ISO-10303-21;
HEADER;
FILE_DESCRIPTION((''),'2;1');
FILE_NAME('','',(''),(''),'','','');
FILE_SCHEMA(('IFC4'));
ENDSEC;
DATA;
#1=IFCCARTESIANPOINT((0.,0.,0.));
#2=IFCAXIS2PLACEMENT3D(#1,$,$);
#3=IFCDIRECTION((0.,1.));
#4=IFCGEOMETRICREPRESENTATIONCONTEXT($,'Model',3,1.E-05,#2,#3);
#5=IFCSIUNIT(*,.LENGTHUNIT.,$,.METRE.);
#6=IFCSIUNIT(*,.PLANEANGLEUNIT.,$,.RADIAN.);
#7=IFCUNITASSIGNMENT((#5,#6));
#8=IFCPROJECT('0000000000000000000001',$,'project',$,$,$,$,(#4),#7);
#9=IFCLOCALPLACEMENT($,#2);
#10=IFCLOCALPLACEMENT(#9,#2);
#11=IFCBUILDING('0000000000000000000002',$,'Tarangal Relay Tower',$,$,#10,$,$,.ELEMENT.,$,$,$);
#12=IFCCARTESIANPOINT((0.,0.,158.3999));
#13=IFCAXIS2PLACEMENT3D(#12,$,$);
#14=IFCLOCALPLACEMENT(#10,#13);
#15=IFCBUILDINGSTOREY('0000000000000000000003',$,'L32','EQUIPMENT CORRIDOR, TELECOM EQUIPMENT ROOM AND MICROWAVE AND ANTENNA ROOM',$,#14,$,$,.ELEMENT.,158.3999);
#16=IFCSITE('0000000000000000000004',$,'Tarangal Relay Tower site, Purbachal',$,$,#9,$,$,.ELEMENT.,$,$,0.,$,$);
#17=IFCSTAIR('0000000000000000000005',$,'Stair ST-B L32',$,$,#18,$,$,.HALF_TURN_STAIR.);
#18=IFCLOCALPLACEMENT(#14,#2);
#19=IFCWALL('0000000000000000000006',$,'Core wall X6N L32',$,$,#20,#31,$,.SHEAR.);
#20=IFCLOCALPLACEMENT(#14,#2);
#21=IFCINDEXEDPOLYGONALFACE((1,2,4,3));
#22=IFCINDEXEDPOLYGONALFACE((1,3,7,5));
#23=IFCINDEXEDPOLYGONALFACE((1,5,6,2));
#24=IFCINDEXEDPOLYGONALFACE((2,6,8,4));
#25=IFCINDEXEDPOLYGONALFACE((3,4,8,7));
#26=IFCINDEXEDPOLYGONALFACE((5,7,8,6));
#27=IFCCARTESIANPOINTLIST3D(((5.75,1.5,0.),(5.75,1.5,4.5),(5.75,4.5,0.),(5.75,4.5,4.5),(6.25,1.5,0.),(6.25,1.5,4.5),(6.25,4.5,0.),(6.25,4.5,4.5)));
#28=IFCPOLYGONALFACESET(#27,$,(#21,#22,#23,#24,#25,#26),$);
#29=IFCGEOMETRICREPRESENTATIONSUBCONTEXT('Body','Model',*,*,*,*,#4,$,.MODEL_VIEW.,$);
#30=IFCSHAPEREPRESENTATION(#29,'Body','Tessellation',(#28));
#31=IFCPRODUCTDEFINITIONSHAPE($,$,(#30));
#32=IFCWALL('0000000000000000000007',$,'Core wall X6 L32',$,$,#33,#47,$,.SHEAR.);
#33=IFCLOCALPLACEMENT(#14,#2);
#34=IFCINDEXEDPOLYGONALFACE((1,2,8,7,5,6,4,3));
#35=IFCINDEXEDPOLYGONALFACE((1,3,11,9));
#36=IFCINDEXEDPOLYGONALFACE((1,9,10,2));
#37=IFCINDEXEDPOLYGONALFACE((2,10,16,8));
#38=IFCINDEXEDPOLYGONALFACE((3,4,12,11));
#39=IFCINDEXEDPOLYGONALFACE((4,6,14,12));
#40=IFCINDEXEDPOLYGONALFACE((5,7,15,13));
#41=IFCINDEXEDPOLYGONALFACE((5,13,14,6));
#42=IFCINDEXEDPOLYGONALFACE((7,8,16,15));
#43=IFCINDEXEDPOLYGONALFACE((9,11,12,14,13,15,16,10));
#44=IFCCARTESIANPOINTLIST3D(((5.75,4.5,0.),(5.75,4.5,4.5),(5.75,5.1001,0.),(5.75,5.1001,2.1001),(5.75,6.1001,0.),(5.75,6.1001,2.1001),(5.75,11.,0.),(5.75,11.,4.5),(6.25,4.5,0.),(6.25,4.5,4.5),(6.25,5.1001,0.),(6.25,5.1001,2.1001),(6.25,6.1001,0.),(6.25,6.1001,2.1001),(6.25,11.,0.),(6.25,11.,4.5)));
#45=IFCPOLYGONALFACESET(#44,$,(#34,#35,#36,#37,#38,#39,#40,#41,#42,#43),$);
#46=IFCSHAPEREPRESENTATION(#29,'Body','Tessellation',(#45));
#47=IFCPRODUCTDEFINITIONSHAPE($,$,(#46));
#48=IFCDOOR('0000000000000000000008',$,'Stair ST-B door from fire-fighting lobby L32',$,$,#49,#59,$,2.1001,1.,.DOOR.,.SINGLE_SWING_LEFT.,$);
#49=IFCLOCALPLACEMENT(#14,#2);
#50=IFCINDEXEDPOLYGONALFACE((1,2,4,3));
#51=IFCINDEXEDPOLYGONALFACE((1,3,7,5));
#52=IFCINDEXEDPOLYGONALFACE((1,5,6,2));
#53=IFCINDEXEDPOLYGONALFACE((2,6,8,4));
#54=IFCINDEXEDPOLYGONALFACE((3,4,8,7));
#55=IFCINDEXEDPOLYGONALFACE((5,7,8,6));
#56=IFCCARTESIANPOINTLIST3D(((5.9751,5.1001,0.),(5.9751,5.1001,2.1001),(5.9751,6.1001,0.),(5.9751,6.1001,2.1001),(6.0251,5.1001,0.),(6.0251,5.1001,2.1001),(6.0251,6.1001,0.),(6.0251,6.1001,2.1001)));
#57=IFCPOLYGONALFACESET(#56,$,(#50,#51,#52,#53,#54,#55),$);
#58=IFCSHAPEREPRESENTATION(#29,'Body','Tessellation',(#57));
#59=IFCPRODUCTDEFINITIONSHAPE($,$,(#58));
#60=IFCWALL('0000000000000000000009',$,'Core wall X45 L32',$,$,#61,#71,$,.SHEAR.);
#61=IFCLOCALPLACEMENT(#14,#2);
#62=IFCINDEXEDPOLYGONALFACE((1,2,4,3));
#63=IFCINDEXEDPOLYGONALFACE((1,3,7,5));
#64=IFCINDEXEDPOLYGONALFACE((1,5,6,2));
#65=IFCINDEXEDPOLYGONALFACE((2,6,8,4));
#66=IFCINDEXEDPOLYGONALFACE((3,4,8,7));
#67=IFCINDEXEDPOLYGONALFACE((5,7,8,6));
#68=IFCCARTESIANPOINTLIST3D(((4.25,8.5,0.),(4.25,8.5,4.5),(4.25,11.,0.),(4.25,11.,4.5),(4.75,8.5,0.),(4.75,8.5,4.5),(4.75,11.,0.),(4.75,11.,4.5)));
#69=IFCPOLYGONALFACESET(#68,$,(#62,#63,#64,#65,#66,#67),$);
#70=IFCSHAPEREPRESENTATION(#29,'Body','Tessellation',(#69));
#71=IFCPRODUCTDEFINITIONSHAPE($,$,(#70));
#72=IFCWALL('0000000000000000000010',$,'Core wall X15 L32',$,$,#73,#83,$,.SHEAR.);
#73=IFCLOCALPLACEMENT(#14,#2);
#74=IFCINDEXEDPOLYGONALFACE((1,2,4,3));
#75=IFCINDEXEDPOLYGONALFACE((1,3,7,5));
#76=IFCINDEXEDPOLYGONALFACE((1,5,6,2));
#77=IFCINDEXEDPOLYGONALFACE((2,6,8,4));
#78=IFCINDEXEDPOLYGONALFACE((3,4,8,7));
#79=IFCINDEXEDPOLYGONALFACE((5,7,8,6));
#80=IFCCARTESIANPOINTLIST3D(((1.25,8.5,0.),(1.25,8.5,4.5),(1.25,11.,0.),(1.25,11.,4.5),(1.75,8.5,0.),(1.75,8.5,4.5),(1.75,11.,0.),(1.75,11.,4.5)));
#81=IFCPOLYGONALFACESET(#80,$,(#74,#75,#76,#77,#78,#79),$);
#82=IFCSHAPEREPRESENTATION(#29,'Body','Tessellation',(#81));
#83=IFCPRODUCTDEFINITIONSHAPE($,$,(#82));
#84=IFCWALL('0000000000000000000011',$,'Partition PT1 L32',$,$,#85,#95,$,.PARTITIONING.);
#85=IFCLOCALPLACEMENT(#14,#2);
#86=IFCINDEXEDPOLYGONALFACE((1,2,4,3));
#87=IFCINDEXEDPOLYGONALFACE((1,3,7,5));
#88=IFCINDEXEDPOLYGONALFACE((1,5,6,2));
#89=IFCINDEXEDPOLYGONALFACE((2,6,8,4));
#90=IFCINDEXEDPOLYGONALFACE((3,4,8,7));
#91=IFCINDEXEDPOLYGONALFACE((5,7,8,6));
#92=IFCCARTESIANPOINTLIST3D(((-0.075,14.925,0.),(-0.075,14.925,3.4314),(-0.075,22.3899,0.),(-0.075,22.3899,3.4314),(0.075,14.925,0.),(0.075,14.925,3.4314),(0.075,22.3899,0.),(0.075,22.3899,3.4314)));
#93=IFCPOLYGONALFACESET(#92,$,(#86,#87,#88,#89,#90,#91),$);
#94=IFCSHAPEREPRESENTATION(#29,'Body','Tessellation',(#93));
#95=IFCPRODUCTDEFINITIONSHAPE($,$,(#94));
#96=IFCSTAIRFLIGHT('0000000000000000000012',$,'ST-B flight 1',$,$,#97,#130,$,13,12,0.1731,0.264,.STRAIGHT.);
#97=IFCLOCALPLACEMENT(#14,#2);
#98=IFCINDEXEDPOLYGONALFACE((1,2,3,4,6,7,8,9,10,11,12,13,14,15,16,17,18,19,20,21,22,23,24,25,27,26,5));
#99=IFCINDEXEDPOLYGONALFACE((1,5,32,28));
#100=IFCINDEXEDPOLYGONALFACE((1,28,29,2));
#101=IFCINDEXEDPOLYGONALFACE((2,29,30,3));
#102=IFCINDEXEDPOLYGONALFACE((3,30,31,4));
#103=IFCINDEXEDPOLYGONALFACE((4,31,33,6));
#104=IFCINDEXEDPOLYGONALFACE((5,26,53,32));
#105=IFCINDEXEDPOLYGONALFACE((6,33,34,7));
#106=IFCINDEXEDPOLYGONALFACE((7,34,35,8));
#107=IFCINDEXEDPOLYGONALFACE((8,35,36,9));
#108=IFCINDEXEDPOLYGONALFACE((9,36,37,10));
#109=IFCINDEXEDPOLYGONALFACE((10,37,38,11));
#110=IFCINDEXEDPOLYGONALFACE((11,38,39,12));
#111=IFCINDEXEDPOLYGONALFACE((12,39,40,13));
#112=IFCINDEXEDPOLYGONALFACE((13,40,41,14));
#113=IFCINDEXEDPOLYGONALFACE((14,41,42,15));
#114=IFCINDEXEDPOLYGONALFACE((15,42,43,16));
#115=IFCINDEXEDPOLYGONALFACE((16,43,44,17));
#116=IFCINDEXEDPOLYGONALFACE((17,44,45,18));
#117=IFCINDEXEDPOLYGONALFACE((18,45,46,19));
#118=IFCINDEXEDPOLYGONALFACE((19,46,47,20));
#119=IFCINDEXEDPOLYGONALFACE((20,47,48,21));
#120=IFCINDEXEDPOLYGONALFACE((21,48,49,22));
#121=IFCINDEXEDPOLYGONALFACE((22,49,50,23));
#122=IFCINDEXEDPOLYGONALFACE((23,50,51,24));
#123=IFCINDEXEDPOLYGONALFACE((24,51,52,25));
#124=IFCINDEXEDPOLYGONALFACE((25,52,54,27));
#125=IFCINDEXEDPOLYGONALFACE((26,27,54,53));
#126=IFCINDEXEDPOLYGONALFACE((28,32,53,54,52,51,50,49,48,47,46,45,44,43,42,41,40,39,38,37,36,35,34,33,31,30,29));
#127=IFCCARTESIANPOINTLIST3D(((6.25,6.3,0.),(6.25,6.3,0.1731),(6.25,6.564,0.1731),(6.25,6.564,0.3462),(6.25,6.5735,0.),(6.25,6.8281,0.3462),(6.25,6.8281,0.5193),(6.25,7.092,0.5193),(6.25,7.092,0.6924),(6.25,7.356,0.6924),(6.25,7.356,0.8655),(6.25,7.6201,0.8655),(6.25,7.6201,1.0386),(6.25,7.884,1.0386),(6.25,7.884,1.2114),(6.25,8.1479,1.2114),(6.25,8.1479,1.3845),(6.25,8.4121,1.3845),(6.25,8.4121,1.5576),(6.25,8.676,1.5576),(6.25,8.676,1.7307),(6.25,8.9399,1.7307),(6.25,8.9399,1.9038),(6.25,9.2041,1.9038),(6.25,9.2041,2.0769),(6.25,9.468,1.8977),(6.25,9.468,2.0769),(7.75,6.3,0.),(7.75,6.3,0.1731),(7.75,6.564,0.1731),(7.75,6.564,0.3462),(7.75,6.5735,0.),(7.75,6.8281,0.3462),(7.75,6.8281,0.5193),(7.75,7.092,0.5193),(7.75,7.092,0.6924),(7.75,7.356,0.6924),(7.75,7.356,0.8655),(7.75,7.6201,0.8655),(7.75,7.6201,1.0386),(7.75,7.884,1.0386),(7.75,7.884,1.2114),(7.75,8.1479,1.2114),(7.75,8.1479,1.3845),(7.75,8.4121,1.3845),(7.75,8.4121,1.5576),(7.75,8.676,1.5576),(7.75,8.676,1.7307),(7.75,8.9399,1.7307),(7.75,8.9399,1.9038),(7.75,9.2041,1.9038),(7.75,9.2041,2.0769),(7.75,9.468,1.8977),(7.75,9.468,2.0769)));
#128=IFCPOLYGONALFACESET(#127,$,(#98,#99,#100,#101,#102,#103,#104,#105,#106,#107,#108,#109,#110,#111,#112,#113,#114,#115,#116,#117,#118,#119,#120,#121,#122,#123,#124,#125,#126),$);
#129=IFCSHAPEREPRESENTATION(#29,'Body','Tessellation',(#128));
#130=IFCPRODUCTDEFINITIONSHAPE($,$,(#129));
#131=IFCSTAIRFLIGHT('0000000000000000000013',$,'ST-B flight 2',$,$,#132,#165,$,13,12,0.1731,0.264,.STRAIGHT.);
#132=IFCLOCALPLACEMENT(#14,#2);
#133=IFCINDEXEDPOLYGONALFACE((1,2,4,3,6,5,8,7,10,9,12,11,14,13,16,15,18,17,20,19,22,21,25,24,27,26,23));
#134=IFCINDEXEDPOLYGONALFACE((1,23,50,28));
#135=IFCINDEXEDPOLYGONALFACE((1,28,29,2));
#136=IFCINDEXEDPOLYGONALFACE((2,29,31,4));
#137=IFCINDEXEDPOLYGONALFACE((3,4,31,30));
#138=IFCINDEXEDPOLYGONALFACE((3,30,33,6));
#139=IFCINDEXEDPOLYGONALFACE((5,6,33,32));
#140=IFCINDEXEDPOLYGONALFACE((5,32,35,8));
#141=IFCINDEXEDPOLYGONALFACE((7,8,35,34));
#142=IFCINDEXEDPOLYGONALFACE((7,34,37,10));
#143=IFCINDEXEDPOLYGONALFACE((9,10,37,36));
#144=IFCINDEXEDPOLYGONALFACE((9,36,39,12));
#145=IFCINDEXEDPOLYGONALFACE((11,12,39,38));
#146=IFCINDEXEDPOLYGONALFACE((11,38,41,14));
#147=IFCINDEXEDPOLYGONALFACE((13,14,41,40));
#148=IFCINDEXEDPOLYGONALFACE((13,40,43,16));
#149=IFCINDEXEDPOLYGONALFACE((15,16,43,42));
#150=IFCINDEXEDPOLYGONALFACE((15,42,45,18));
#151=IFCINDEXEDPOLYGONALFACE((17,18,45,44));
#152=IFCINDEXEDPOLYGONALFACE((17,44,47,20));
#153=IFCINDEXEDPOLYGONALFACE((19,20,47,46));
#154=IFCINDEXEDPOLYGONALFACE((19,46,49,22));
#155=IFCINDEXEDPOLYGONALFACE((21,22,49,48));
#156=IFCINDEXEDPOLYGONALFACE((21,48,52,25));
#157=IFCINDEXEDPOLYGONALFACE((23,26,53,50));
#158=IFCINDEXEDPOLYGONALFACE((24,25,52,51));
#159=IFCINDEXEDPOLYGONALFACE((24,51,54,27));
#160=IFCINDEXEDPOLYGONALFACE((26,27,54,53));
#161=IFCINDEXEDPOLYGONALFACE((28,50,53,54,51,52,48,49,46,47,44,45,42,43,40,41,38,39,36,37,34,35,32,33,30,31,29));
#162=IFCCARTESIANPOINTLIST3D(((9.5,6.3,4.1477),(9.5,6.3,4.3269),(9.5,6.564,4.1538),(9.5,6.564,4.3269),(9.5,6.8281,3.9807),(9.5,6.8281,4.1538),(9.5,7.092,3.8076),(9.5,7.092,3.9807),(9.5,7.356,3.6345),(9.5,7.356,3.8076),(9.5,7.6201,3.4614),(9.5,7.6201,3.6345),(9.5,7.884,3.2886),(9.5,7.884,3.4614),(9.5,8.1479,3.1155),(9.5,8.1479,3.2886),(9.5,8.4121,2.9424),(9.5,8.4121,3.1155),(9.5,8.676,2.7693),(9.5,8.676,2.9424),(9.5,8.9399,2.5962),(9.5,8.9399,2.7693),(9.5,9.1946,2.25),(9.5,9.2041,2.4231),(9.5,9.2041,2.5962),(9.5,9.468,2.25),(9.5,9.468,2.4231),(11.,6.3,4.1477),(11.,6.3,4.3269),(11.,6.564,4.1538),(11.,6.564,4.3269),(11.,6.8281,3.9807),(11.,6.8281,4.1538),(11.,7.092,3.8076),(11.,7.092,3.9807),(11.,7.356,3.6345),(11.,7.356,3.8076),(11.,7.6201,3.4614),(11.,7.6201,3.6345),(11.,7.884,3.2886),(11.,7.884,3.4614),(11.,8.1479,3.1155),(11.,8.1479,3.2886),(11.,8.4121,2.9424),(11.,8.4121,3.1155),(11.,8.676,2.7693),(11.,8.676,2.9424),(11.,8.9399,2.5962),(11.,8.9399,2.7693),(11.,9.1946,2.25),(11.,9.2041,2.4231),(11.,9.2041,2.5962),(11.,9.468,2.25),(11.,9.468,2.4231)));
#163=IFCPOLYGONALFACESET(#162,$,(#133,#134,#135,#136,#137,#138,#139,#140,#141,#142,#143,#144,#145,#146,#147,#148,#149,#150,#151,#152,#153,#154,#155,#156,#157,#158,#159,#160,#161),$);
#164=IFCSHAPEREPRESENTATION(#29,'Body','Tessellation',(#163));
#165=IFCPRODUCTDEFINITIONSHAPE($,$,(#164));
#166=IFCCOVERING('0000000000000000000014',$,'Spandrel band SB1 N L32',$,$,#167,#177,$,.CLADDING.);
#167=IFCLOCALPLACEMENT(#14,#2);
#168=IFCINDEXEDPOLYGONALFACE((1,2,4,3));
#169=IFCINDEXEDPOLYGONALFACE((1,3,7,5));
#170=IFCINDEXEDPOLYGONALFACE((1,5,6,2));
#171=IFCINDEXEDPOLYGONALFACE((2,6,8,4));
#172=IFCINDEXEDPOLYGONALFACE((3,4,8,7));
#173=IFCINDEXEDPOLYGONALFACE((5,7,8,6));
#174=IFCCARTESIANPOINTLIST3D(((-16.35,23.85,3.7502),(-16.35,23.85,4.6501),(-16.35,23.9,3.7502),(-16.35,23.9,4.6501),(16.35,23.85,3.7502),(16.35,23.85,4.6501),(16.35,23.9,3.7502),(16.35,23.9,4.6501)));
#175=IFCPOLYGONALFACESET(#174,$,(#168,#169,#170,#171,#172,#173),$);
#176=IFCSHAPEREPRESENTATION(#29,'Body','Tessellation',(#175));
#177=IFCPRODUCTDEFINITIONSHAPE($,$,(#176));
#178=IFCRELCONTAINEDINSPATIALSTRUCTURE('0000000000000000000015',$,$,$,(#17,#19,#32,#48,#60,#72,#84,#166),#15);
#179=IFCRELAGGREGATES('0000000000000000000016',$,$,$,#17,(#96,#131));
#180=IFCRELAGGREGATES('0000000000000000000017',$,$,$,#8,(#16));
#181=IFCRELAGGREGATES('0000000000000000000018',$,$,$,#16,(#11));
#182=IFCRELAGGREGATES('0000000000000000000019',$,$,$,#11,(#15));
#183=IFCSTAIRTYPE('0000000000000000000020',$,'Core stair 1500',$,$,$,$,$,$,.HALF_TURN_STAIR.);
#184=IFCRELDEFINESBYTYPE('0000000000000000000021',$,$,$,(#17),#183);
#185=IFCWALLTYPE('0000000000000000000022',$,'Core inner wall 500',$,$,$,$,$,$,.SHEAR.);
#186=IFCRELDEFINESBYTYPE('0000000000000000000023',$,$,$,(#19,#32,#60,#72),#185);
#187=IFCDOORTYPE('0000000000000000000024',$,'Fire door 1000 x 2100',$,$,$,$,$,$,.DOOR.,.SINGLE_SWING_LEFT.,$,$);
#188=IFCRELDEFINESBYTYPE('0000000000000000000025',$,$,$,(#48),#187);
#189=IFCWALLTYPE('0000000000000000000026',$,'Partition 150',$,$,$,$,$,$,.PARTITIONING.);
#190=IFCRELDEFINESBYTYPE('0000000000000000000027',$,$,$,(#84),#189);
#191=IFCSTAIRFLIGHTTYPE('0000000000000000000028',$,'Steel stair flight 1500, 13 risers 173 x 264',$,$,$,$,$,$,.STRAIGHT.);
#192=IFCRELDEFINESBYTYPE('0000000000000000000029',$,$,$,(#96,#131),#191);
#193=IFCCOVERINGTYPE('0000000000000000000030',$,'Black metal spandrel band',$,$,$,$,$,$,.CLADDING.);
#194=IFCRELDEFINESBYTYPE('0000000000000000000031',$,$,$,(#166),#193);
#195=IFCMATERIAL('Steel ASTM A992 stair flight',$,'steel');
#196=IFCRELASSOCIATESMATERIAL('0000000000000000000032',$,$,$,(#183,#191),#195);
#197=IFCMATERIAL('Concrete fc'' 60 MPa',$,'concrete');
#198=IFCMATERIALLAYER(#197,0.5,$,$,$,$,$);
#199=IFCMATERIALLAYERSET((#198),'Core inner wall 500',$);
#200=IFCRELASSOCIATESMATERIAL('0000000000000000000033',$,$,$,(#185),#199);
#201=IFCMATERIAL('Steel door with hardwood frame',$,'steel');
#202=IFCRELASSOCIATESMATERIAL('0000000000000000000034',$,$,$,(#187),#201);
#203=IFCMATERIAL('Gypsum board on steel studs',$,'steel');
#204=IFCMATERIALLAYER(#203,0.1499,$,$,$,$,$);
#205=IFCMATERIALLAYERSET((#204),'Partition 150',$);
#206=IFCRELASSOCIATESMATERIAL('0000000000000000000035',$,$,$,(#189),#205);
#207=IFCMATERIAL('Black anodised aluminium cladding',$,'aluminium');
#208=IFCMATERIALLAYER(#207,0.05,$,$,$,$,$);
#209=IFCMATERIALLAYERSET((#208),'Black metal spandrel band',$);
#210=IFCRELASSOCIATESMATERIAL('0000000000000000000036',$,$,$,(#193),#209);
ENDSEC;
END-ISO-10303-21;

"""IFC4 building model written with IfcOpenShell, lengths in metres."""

from ifc_helpers import new_model, si_unit, direction, frame, frame_2d, origin, origin_2d, place, context, subcontext, project, spatial, polyline, rectangle, outline, extrude, material, layer, layer_set, type_object, element, fill, aggregate, save


model = new_model("IFC4")

# Units and contexts
model_context = context("Model", 3, precision=1e-05, world=origin(), true_north=direction((0.0, 1.0)))
body_context = subcontext(model_context, "Body", "Model", "MODEL_VIEW")
ifc_project = project(units=[si_unit("LENGTHUNIT", "METRE"), si_unit("PLANEANGLEUNIT", "RADIAN")], contexts=[model_context])

# Site, building, storey
site_placement = place(None, origin())
site = spatial("IfcSite", under=ifc_project, at=site_placement, Name="Tarangal Relay Tower site, Purbachal", CompositionType="ELEMENT", RefElevation=0.0)
building_placement = place(site_placement, origin())
building = spatial("IfcBuilding", under=site, at=building_placement, Name="Tarangal Relay Tower", CompositionType="ELEMENT")
storey_placement = place(building_placement, frame((0.0, 0.0, 158.3999)))
storey = spatial("IfcBuildingStorey", under=building, at=storey_placement, Name="L32", Description="EQUIPMENT CORRIDOR, TELECOM EQUIPMENT ROOM AND MICROWAVE AND ANTENNA ROOM", CompositionType="ELEMENT", Elevation=158.3999)

# Stair
ifc_material_1 = material(Name="Steel ASTM A992 stair flight", Category="steel")
stair_type = type_object("IfcStairType", Name="Core stair 1500", PredefinedType="HALF_TURN_STAIR", material=ifc_material_1)
stair_1_placement = place(storey_placement, origin())
stair_1 = element("IfcStair", 1, at=stair_1_placement, inside=storey, type_object=stair_type, Name="Stair ST-B L32", PredefinedType="HALF_TURN_STAIR")

# Wall
ifc_material_2 = material(Name="Concrete fc' 60 MPa", Category="concrete")
ifc_layer_1 = layer(ifc_material_2, 0.5)
ifc_layer_set_1 = layer_set([ifc_layer_1], Name="Core inner wall 500")
wall_type_1 = type_object("IfcWallType", Name="Core inner wall 500", PredefinedType="SHEAR", material=ifc_layer_set_1)
for number, where, z_axis, x_axis, name in (
    (2, (6.0, 1.5, 0.0), (0.0, 0.0, 1.0), (0.0, 1.0, 0.0), "Core wall X6N L32"),
):
    element("IfcWall", number, at=place(storey_placement, frame(where, z_axis=z_axis, x_axis=x_axis)), inside=storey, type_object=wall_type_1, Name=name, PredefinedType="SHEAR", context=body_context, shape_type="SweptSolid", body=[
        extrude(rectangle(XDim=3.0, YDim=0.5, at=frame_2d((1.5, 0.0))), origin(), (0.0, 0.0, 1.0), 4.5),
    ])

# Wall, opening, door
wall_1_placement = place(storey_placement, frame((6.0, 4.5, 0.0), z_axis=(0.0, 0.0, 1.0), x_axis=(0.0, 1.0, 0.0)))
wall_1 = element("IfcWall", 3, at=wall_1_placement, inside=storey, type_object=wall_type_1, Name="Core wall X6 L32", PredefinedType="SHEAR", context=body_context, shape_type="SweptSolid", body=[
    extrude(rectangle(XDim=6.5, YDim=0.5, at=frame_2d((3.25, 0.0))), origin(), (0.0, 0.0, 1.0), 4.5),
])
opening_placement = place(wall_1_placement, frame((0.6001, 0.0, 0.0)))
opening = element("IfcOpeningElement", 4, at=opening_placement, cuts=wall_1, PredefinedType="OPENING", context=body_context, shape_type="SweptSolid", body=[
    extrude(rectangle(XDim=1.0, YDim=2.1001, at=frame_2d((0.5, 1.05))), frame((0.0, 0.26, 0.0), z_axis=(0.0, -1.0, 0.0), x_axis=(1.0, 0.0, 0.0)), (0.0, 0.0, 1.0), 0.52),
])
ifc_material_3 = material(Name="Steel door with hardwood frame", Category="steel")
door_type = type_object("IfcDoorType", Name="Fire door 1000 x 2100", OperationType="SINGLE_SWING_LEFT", PredefinedType="DOOR", material=ifc_material_3)
door_placement = place(opening_placement, origin())
door = element("IfcDoor", 5, at=door_placement, inside=storey, type_object=door_type, Name="Stair ST-B door from fire-fighting lobby L32", OperationType="SINGLE_SWING_LEFT", OverallHeight=2.1001, OverallWidth=1.0, PredefinedType="DOOR", context=body_context, shape_type="SweptSolid", body=[
    extrude(rectangle(XDim=1.0, YDim=2.1001, at=frame_2d((0.5, 1.05))), frame((0.0, 0.0249, 0.0), z_axis=(0.0, -1.0, 0.0), x_axis=(1.0, 0.0, 0.0)), (0.0, 0.0, 1.0), 0.05),
])
fill(opening, door)

# Walls
for number, where, z_axis, x_axis, name in (
    (6, (4.5, 8.5, 0.0), (0.0, 0.0, 1.0), (0.0, 1.0, 0.0), "Core wall X45 L32"),
    (7, (1.5, 8.5, 0.0), (0.0, 0.0, 1.0), (0.0, 1.0, 0.0), "Core wall X15 L32"),
):
    element("IfcWall", number, at=place(storey_placement, frame(where, z_axis=z_axis, x_axis=x_axis)), inside=storey, type_object=wall_type_1, Name=name, PredefinedType="SHEAR", context=body_context, shape_type="SweptSolid", body=[
        extrude(rectangle(XDim=2.5, YDim=0.5, at=frame_2d((1.25, 0.0))), origin(), (0.0, 0.0, 1.0), 4.5),
    ])
ifc_material_4 = material(Name="Gypsum board on steel studs", Category="steel")
ifc_layer_2 = layer(ifc_material_4, 0.1499)
ifc_layer_set_2 = layer_set([ifc_layer_2], Name="Partition 150")
wall_type_2 = type_object("IfcWallType", Name="Partition 150", PredefinedType="PARTITIONING", material=ifc_layer_set_2)
wall_2_placement = place(storey_placement, frame((0.0, 14.925, 0.0), z_axis=(0.0, 0.0, 1.0), x_axis=(0.0, 1.0, 0.0)))
element("IfcWall", 8, at=wall_2_placement, inside=storey, type_object=wall_type_2, Name="Partition PT1 L32", PredefinedType="PARTITIONING", context=body_context, shape_type="SweptSolid", body=[
    extrude(rectangle(XDim=7.4648, YDim=0.1499, at=frame_2d((3.7324, 0.0))), origin(), (0.0, 0.0, 1.0), 3.4314),
])

# Stair flights
stair_flight_type = type_object("IfcStairFlightType", Name="Steel stair flight 1500, 13 risers 173 x 264", PredefinedType="STRAIGHT", material=ifc_material_1)
stair_flight_1_placement = place(storey_placement, frame((7.0, 6.3, 0.0), z_axis=(0.0, 0.0, 1.0), x_axis=(0.0, 1.0, 0.0)))
stair_flight_1 = element("IfcStairFlight", 9, at=stair_flight_1_placement, type_object=stair_flight_type, Name="ST-B flight 1", NumberOfRisers=13, NumberOfTreads=12, PredefinedType="STRAIGHT", RiserHeight=0.1731, TreadLength=0.264, context=body_context, shape_type="SweptSolid", body=[
    extrude(outline(polyline([(0.0, 0.0), (0.0, 0.1731), (0.2639, 0.1731), (0.2639, 0.3462), (0.5281, 0.3462), (0.5281, 0.5193), (0.792, 0.5193), (0.792, 0.6924), (1.0559, 0.6924), (1.0559, 0.8655), (1.3201, 0.8655), (1.3201, 1.0386), (1.584, 1.0386), (1.584, 1.2114), (1.8479, 1.2114), (1.8479, 1.3845), (2.1121, 1.3845), (2.1121, 1.5576), (2.376, 1.5576), (2.376, 1.7307), (2.6399, 1.7307), (2.6399, 1.9038), (2.9041, 1.9038), (2.9041, 2.0769), (3.168, 2.0769), (3.168, 2.25), (3.168, 1.8977), (0.2734, 0.0), (0.0, 0.0)])), frame((0.0, 0.75, 0.0), z_axis=(0.0, -1.0, 0.0), x_axis=(1.0, 0.0, 0.0)), (0.0, 0.0, 1.0), 1.5),
])
stair_flight_2_placement = place(storey_placement, frame((10.25, 9.468, 2.25), z_axis=(0.0, 0.0, 1.0), x_axis=(0.0, -1.0, 0.0)))
stair_flight_2 = element("IfcStairFlight", 10, at=stair_flight_2_placement, type_object=stair_flight_type, Name="ST-B flight 2", NumberOfRisers=13, NumberOfTreads=12, PredefinedType="STRAIGHT", RiserHeight=0.1731, TreadLength=0.264, context=body_context, shape_type="SweptSolid", body=[
    extrude(outline(polyline([(0.0, 0.0), (0.0, 0.1731), (0.2639, 0.1731), (0.2639, 0.3462), (0.5281, 0.3462), (0.5281, 0.5193), (0.792, 0.5193), (0.792, 0.6924), (1.0559, 0.6924), (1.0559, 0.8655), (1.3201, 0.8655), (1.3201, 1.0386), (1.584, 1.0386), (1.584, 1.2114), (1.8479, 1.2114), (1.8479, 1.3845), (2.1121, 1.3845), (2.1121, 1.5576), (2.376, 1.5576), (2.376, 1.7307), (2.6399, 1.7307), (2.6399, 1.9038), (2.9041, 1.9038), (2.9041, 2.0769), (3.168, 2.0769), (3.168, 2.25), (3.168, 1.8977), (0.2734, 0.0), (0.0, 0.0)])), frame((0.0, 0.75, 0.0), z_axis=(0.0, -1.0, 0.0), x_axis=(1.0, 0.0, 0.0)), (0.0, 0.0, 1.0), 1.5),
])
aggregate(stair_1, [stair_flight_1, stair_flight_2])

# Covering
ifc_material_5 = material(Name="Black anodised aluminium cladding", Category="aluminium")
ifc_layer_3 = layer(ifc_material_5, 0.05)
ifc_layer_set_3 = layer_set([ifc_layer_3], Name="Black metal spandrel band")
covering_type_1 = type_object("IfcCoveringType", Name="Black metal spandrel band", PredefinedType="CLADDING", material=ifc_layer_set_3)
covering_1_placement = place(storey_placement, frame((0.0, 23.875, 3.7502), z_axis=(0.0, 0.0, 1.0), x_axis=(1.0, 0.0, 0.0)))
element("IfcCovering", 11, at=covering_1_placement, inside=storey, type_object=covering_type_1, Name="Spandrel band SB1 N L32", PredefinedType="CLADDING", context=body_context, shape_type="SweptSolid", body=[
    extrude(rectangle(XDim=32.7, YDim=0.05, at=origin_2d()), origin(), (0.0, 0.0, 1.0), 0.8999),
])

save(model, "model.ifc")
